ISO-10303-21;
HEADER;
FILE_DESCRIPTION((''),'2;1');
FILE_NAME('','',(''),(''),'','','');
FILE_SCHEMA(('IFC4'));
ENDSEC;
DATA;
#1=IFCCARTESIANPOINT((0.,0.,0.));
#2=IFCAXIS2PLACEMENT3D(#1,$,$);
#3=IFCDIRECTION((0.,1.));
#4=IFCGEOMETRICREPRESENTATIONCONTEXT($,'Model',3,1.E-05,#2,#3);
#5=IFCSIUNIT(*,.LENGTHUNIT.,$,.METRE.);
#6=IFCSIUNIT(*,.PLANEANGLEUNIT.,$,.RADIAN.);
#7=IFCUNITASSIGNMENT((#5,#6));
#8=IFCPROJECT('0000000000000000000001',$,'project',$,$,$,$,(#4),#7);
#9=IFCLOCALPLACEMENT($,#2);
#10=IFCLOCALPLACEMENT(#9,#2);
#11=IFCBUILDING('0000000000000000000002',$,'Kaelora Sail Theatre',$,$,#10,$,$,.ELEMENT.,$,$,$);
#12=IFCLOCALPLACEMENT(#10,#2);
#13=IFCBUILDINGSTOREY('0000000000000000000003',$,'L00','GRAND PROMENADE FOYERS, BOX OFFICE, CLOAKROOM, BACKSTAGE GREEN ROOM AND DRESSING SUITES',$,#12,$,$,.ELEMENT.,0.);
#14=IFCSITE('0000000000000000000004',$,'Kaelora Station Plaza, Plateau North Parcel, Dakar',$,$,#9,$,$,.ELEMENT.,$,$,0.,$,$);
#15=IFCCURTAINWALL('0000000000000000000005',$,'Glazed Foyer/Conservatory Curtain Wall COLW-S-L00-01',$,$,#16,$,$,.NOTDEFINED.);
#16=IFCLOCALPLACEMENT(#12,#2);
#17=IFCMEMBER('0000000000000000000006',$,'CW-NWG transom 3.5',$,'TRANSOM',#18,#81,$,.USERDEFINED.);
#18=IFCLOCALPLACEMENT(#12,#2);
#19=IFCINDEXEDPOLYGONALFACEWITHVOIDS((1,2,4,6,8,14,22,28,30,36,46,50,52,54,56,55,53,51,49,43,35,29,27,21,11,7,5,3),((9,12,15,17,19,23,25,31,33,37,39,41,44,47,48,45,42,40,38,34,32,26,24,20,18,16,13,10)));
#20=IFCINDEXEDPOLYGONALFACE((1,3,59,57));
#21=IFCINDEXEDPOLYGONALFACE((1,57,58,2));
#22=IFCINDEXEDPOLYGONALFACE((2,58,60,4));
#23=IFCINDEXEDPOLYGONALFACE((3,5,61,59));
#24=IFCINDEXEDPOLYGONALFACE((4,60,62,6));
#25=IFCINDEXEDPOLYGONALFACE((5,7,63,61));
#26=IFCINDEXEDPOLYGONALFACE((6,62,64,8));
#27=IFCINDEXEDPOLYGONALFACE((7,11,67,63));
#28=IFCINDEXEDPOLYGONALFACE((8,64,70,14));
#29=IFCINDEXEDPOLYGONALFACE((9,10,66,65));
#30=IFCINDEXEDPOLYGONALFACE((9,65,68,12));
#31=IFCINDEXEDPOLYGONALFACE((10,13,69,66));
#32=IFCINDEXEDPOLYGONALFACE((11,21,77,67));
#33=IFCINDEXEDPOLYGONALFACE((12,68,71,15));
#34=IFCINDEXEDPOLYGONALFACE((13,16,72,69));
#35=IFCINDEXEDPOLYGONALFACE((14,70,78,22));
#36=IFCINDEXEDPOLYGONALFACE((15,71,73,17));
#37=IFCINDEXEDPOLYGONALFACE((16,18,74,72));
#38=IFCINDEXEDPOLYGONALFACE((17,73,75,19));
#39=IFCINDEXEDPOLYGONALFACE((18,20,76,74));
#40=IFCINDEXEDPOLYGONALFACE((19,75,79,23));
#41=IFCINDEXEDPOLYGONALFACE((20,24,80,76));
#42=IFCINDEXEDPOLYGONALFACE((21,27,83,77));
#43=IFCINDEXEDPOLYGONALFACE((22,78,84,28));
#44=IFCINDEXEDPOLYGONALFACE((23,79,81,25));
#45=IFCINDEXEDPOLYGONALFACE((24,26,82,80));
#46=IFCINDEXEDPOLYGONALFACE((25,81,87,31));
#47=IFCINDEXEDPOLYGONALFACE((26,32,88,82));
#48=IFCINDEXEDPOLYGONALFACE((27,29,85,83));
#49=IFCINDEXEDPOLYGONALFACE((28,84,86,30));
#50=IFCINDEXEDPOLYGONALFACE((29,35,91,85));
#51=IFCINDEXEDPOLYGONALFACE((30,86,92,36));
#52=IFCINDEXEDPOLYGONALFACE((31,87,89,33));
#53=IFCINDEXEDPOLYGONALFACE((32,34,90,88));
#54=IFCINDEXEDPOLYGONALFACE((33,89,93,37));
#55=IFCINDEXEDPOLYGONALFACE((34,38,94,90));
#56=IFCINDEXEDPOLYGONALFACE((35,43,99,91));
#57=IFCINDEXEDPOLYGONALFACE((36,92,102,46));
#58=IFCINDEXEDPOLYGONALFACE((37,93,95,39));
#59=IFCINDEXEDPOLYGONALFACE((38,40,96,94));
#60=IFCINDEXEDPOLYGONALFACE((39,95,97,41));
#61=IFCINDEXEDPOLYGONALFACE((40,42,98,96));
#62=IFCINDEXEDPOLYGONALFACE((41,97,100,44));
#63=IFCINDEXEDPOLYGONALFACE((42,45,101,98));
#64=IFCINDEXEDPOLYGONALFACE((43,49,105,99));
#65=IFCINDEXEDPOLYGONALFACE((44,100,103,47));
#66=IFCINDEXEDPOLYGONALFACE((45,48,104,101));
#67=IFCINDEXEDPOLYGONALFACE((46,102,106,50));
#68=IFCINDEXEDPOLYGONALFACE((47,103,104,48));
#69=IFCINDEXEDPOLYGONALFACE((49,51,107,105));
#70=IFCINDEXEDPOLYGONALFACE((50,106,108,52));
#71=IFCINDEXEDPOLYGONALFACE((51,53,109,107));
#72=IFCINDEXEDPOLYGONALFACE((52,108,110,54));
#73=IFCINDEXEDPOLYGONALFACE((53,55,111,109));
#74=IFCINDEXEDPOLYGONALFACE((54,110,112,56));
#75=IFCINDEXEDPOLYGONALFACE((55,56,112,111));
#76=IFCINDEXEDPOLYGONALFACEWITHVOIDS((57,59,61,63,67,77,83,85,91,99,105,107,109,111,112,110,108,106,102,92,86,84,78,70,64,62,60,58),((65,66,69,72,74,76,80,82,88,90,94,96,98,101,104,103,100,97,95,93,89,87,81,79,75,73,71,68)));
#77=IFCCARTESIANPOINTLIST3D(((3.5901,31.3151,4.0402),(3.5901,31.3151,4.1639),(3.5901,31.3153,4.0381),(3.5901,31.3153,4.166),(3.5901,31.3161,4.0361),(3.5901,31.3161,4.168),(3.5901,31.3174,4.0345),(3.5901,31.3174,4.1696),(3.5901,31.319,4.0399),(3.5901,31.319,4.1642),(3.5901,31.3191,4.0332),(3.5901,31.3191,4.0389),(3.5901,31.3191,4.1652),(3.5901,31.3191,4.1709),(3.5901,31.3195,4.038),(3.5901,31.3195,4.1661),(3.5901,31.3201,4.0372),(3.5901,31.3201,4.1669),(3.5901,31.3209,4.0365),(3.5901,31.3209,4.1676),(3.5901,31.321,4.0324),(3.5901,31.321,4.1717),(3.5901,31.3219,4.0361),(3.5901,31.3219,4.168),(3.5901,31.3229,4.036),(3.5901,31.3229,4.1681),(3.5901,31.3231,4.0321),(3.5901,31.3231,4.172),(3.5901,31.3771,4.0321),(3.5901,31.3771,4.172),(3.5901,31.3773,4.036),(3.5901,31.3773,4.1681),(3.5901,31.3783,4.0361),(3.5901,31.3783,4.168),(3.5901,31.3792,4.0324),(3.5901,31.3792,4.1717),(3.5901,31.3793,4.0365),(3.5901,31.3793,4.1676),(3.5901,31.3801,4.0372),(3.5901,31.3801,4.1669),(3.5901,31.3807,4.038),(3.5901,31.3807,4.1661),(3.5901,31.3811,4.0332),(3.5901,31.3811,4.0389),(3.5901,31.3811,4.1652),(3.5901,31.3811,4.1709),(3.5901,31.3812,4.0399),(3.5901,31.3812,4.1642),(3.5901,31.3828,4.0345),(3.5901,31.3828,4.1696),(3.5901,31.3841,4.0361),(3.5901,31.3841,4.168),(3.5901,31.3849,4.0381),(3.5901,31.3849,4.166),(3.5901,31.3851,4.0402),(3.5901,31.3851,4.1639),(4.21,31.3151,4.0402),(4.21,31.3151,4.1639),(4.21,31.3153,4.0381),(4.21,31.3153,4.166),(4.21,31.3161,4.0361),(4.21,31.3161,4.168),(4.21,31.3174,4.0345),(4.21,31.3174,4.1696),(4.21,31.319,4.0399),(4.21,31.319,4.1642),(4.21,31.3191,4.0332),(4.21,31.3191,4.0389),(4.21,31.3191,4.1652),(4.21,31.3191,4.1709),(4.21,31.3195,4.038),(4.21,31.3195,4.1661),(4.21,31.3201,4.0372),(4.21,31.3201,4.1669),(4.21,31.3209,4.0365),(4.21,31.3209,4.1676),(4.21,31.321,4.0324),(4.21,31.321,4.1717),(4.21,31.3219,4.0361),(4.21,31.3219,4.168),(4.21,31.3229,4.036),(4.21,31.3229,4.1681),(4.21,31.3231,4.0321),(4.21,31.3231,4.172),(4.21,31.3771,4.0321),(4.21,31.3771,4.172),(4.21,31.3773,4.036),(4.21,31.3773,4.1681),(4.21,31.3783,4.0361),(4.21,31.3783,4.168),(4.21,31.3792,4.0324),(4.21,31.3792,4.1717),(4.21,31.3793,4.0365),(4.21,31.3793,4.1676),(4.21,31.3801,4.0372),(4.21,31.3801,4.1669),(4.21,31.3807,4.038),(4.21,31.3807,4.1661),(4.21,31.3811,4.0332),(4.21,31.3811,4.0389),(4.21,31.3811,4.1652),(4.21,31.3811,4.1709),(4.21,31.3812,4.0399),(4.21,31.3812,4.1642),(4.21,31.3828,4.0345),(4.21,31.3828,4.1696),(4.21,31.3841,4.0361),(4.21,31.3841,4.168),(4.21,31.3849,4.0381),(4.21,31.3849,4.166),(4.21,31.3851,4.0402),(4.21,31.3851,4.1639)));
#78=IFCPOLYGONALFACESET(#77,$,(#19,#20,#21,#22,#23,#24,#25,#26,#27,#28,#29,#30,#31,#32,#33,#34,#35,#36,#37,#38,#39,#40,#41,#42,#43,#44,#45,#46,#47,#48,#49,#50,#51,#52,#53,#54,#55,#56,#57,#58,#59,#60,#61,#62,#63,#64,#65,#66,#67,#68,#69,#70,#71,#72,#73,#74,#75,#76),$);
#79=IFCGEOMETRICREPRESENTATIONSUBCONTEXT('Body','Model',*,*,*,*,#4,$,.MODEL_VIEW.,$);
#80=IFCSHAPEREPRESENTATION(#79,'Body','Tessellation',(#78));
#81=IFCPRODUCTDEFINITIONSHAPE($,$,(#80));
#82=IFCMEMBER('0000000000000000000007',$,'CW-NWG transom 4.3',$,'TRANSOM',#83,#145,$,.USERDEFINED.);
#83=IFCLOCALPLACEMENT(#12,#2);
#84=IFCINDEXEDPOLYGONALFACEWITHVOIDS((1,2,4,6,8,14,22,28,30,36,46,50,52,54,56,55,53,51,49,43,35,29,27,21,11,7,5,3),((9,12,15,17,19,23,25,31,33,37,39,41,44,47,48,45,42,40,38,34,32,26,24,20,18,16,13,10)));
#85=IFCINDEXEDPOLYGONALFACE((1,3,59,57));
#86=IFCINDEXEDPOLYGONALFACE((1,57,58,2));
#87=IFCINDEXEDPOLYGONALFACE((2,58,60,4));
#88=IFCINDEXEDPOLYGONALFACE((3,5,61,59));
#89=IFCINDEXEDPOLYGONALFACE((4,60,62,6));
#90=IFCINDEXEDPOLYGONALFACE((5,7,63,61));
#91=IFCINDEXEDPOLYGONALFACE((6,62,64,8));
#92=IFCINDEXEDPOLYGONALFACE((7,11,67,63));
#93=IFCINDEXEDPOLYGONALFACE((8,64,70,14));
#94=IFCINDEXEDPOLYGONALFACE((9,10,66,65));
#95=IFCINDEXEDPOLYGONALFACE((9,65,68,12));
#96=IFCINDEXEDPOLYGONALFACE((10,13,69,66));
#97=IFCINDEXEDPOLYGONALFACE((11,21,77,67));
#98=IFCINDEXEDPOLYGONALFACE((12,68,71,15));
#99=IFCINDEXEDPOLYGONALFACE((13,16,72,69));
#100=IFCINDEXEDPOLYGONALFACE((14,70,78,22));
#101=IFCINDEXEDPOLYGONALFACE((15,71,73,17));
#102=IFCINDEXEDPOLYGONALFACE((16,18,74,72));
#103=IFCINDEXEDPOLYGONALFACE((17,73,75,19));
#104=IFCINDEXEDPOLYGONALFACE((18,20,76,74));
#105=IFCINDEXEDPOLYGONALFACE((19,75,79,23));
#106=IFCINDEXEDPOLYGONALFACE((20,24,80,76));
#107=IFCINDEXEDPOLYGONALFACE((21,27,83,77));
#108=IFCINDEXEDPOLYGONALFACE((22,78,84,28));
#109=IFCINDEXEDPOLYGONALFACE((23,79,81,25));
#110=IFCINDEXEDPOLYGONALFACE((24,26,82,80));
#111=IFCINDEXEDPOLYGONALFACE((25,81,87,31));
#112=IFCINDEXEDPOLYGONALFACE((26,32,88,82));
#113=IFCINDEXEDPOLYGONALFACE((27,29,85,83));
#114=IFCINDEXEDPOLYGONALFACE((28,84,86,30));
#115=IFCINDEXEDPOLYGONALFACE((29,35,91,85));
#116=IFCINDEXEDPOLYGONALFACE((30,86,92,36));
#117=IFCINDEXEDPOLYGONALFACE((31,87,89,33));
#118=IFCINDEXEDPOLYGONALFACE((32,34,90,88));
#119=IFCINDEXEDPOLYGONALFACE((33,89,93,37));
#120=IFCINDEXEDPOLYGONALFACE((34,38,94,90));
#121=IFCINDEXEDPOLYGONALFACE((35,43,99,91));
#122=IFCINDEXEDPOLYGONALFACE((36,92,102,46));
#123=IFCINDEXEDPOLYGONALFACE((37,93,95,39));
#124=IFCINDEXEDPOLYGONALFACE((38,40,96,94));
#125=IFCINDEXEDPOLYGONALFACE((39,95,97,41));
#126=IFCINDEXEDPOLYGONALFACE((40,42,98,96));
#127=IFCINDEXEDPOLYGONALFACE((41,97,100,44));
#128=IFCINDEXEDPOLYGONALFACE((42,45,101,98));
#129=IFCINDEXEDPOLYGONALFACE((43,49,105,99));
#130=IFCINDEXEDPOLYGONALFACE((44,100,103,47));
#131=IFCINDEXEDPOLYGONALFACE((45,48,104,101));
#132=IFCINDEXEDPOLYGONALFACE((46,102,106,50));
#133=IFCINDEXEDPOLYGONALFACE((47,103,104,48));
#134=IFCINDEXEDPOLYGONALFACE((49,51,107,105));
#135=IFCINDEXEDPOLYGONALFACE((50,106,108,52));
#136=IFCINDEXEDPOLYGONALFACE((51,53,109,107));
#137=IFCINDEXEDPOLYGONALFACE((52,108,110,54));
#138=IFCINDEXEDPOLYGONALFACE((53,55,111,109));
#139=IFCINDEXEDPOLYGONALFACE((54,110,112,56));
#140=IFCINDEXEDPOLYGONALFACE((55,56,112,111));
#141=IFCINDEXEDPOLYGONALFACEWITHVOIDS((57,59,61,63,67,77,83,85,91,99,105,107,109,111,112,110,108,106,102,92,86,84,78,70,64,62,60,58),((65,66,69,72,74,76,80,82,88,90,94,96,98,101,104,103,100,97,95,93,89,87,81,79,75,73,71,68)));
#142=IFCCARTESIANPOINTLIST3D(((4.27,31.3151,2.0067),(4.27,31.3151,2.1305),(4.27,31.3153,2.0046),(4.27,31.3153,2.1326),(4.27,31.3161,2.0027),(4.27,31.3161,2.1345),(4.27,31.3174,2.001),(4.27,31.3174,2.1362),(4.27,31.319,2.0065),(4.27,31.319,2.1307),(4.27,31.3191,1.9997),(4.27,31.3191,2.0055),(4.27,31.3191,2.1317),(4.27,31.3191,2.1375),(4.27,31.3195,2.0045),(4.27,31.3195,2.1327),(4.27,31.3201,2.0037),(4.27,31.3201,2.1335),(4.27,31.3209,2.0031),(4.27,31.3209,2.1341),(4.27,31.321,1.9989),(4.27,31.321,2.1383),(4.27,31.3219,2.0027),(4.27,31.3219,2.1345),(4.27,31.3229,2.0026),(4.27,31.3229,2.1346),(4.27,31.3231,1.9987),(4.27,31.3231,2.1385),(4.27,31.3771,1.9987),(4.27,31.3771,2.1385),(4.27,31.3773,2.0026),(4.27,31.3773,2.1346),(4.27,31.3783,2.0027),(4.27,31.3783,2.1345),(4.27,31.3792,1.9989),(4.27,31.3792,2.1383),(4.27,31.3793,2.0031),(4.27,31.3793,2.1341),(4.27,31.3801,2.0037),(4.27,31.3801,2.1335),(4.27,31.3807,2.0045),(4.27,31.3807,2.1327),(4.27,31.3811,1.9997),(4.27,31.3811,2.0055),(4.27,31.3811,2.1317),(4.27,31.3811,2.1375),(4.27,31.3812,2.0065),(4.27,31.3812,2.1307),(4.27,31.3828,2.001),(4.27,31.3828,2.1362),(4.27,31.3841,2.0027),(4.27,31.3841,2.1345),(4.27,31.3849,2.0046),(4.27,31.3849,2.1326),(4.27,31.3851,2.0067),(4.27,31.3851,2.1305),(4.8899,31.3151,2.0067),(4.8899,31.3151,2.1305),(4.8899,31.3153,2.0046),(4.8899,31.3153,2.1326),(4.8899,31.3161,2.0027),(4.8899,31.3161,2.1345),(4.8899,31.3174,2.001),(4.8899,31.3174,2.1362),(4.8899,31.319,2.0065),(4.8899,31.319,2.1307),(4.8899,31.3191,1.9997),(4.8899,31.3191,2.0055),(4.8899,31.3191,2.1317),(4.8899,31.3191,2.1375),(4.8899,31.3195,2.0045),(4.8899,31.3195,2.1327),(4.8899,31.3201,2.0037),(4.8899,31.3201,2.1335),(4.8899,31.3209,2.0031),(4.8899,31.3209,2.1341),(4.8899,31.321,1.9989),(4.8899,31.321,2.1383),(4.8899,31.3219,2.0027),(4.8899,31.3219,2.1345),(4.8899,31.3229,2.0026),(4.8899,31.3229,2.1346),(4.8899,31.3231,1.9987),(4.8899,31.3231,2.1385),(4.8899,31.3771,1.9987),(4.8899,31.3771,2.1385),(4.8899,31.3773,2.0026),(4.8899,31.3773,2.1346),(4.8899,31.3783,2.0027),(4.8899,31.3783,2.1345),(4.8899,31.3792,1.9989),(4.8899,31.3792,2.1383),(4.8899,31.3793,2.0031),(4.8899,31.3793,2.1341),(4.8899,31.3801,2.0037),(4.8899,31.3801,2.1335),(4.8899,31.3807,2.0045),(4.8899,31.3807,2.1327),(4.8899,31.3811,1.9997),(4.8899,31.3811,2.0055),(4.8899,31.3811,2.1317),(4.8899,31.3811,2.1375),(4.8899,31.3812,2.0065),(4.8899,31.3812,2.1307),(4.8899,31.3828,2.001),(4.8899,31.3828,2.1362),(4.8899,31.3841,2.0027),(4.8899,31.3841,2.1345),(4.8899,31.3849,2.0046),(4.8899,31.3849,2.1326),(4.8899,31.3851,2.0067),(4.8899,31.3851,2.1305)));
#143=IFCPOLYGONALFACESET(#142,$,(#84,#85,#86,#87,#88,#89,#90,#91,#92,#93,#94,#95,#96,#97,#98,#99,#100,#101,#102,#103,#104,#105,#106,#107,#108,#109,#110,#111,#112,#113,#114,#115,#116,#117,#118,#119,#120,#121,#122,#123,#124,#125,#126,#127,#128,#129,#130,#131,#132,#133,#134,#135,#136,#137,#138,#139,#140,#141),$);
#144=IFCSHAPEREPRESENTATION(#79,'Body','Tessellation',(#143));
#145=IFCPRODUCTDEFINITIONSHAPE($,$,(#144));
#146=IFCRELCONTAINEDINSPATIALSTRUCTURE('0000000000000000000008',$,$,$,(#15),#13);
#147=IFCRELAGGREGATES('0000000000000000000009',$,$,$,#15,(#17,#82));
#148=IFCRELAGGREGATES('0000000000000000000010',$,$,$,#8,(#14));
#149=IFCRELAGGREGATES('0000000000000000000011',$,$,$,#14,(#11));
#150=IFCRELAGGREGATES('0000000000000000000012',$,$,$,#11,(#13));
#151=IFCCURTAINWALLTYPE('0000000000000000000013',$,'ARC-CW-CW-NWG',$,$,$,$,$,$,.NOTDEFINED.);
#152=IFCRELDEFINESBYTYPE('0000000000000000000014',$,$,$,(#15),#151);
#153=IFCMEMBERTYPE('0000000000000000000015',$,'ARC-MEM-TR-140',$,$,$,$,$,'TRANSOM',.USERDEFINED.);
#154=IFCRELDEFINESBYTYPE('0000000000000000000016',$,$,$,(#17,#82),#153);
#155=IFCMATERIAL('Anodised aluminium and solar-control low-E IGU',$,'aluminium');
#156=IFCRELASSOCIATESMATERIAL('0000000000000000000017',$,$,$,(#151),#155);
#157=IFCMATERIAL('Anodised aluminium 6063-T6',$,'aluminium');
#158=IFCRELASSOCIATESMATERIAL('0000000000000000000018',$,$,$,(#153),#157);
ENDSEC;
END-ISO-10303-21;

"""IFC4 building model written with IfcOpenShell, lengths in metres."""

from ifc_helpers import new_model, si_unit, direction, frame, origin, origin_2d, place, context, subcontext, project, spatial, hollow_rectangle, extrude, material, material_profile, profile_set, type_object, element, aggregate, save


model = new_model("IFC4")

# Units and contexts
model_context = context("Model", 3, precision=1e-05, world=origin(), true_north=direction((0.0, 1.0)))
body_context = subcontext(model_context, "Body", "Model", "MODEL_VIEW")
ifc_project = project(units=[si_unit("LENGTHUNIT", "METRE"), si_unit("PLANEANGLEUNIT", "RADIAN")], contexts=[model_context])

# Site, building, storey
site_placement = place(None, origin())
site = spatial("IfcSite", under=ifc_project, at=site_placement, Name="Kaelora Station Plaza, Plateau North Parcel, Dakar", CompositionType="ELEMENT", RefElevation=0.0)
building_placement = place(site_placement, origin())
building = spatial("IfcBuilding", under=site, at=building_placement, Name="Kaelora Sail Theatre", CompositionType="ELEMENT")
storey_placement = place(building_placement, origin())
storey = spatial("IfcBuildingStorey", under=building, at=storey_placement, Name="L00", Description="GRAND PROMENADE FOYERS, BOX OFFICE, CLOAKROOM, BACKSTAGE GREEN ROOM AND DRESSING SUITES", CompositionType="ELEMENT", Elevation=0.0)

# Curtain wall, members
ifc_material_1 = material(Name="Anodised aluminium and solar-control low-E IGU", Category="aluminium")
curtain_wall_type = type_object("IfcCurtainWallType", Name="ARC-CW-CW-NWG", PredefinedType="NOTDEFINED", material=ifc_material_1)
curtain_wall_placement = place(storey_placement, origin())
curtain_wall = element("IfcCurtainWall", 1, at=curtain_wall_placement, inside=storey, type_object=curtain_wall_type, Name="Glazed Foyer/Conservatory Curtain Wall COLW-S-L00-01", PredefinedType="NOTDEFINED")
ifc_material_2 = material(Name="Anodised aluminium 6063-T6", Category="aluminium")
ifc_material_profile = material_profile(ifc_material_2, hollow_rectangle(XDim=0.0701, YDim=0.1399, WallThickness=0.0039, InnerFilletRadius=0.0039, OuterFilletRadius=0.0081, at=origin_2d()), Name="ALU-TRAN 70x140x4")
ifc_profile_set = profile_set([ifc_material_profile], Name="Anodised aluminium 6063-T6")
member_type = type_object("IfcMemberType", Name="ARC-MEM-TR-140", ElementType="TRANSOM", PredefinedType="USERDEFINED", material=ifc_profile_set)
member_1_placement = place(storey_placement, frame((3.5901, 31.3501, 4.1021), z_axis=(1.0, 0.0, 0.0), x_axis=(0.0, 1.0, 0.0)))
member_1 = element("IfcMember", 2, at=member_1_placement, type_object=member_type, Name="CW-NWG transom 3.5", ObjectType="TRANSOM", PredefinedType="USERDEFINED", context=body_context, shape_type="SweptSolid", body=[
    extrude(hollow_rectangle(XDim=0.0701, YDim=0.1399, WallThickness=0.0039, InnerFilletRadius=0.0039, OuterFilletRadius=0.0081, at=origin_2d()), origin(), (0.0, 0.0, 1.0), 0.6199),
])
member_2_placement = place(storey_placement, frame((4.27, 31.3501, 2.0686), z_axis=(1.0, 0.0, 0.0), x_axis=(0.0, 1.0, 0.0)))
member_2 = element("IfcMember", 3, at=member_2_placement, type_object=member_type, Name="CW-NWG transom 4.3", ObjectType="TRANSOM", PredefinedType="USERDEFINED", context=body_context, shape_type="SweptSolid", body=[
    extrude(hollow_rectangle(XDim=0.0701, YDim=0.1399, WallThickness=0.0039, InnerFilletRadius=0.0039, OuterFilletRadius=0.0081, at=origin_2d()), origin(), (0.0, 0.0, 1.0), 0.6199),
])
aggregate(curtain_wall, [member_1, member_2])

save(model, "model.ifc")
